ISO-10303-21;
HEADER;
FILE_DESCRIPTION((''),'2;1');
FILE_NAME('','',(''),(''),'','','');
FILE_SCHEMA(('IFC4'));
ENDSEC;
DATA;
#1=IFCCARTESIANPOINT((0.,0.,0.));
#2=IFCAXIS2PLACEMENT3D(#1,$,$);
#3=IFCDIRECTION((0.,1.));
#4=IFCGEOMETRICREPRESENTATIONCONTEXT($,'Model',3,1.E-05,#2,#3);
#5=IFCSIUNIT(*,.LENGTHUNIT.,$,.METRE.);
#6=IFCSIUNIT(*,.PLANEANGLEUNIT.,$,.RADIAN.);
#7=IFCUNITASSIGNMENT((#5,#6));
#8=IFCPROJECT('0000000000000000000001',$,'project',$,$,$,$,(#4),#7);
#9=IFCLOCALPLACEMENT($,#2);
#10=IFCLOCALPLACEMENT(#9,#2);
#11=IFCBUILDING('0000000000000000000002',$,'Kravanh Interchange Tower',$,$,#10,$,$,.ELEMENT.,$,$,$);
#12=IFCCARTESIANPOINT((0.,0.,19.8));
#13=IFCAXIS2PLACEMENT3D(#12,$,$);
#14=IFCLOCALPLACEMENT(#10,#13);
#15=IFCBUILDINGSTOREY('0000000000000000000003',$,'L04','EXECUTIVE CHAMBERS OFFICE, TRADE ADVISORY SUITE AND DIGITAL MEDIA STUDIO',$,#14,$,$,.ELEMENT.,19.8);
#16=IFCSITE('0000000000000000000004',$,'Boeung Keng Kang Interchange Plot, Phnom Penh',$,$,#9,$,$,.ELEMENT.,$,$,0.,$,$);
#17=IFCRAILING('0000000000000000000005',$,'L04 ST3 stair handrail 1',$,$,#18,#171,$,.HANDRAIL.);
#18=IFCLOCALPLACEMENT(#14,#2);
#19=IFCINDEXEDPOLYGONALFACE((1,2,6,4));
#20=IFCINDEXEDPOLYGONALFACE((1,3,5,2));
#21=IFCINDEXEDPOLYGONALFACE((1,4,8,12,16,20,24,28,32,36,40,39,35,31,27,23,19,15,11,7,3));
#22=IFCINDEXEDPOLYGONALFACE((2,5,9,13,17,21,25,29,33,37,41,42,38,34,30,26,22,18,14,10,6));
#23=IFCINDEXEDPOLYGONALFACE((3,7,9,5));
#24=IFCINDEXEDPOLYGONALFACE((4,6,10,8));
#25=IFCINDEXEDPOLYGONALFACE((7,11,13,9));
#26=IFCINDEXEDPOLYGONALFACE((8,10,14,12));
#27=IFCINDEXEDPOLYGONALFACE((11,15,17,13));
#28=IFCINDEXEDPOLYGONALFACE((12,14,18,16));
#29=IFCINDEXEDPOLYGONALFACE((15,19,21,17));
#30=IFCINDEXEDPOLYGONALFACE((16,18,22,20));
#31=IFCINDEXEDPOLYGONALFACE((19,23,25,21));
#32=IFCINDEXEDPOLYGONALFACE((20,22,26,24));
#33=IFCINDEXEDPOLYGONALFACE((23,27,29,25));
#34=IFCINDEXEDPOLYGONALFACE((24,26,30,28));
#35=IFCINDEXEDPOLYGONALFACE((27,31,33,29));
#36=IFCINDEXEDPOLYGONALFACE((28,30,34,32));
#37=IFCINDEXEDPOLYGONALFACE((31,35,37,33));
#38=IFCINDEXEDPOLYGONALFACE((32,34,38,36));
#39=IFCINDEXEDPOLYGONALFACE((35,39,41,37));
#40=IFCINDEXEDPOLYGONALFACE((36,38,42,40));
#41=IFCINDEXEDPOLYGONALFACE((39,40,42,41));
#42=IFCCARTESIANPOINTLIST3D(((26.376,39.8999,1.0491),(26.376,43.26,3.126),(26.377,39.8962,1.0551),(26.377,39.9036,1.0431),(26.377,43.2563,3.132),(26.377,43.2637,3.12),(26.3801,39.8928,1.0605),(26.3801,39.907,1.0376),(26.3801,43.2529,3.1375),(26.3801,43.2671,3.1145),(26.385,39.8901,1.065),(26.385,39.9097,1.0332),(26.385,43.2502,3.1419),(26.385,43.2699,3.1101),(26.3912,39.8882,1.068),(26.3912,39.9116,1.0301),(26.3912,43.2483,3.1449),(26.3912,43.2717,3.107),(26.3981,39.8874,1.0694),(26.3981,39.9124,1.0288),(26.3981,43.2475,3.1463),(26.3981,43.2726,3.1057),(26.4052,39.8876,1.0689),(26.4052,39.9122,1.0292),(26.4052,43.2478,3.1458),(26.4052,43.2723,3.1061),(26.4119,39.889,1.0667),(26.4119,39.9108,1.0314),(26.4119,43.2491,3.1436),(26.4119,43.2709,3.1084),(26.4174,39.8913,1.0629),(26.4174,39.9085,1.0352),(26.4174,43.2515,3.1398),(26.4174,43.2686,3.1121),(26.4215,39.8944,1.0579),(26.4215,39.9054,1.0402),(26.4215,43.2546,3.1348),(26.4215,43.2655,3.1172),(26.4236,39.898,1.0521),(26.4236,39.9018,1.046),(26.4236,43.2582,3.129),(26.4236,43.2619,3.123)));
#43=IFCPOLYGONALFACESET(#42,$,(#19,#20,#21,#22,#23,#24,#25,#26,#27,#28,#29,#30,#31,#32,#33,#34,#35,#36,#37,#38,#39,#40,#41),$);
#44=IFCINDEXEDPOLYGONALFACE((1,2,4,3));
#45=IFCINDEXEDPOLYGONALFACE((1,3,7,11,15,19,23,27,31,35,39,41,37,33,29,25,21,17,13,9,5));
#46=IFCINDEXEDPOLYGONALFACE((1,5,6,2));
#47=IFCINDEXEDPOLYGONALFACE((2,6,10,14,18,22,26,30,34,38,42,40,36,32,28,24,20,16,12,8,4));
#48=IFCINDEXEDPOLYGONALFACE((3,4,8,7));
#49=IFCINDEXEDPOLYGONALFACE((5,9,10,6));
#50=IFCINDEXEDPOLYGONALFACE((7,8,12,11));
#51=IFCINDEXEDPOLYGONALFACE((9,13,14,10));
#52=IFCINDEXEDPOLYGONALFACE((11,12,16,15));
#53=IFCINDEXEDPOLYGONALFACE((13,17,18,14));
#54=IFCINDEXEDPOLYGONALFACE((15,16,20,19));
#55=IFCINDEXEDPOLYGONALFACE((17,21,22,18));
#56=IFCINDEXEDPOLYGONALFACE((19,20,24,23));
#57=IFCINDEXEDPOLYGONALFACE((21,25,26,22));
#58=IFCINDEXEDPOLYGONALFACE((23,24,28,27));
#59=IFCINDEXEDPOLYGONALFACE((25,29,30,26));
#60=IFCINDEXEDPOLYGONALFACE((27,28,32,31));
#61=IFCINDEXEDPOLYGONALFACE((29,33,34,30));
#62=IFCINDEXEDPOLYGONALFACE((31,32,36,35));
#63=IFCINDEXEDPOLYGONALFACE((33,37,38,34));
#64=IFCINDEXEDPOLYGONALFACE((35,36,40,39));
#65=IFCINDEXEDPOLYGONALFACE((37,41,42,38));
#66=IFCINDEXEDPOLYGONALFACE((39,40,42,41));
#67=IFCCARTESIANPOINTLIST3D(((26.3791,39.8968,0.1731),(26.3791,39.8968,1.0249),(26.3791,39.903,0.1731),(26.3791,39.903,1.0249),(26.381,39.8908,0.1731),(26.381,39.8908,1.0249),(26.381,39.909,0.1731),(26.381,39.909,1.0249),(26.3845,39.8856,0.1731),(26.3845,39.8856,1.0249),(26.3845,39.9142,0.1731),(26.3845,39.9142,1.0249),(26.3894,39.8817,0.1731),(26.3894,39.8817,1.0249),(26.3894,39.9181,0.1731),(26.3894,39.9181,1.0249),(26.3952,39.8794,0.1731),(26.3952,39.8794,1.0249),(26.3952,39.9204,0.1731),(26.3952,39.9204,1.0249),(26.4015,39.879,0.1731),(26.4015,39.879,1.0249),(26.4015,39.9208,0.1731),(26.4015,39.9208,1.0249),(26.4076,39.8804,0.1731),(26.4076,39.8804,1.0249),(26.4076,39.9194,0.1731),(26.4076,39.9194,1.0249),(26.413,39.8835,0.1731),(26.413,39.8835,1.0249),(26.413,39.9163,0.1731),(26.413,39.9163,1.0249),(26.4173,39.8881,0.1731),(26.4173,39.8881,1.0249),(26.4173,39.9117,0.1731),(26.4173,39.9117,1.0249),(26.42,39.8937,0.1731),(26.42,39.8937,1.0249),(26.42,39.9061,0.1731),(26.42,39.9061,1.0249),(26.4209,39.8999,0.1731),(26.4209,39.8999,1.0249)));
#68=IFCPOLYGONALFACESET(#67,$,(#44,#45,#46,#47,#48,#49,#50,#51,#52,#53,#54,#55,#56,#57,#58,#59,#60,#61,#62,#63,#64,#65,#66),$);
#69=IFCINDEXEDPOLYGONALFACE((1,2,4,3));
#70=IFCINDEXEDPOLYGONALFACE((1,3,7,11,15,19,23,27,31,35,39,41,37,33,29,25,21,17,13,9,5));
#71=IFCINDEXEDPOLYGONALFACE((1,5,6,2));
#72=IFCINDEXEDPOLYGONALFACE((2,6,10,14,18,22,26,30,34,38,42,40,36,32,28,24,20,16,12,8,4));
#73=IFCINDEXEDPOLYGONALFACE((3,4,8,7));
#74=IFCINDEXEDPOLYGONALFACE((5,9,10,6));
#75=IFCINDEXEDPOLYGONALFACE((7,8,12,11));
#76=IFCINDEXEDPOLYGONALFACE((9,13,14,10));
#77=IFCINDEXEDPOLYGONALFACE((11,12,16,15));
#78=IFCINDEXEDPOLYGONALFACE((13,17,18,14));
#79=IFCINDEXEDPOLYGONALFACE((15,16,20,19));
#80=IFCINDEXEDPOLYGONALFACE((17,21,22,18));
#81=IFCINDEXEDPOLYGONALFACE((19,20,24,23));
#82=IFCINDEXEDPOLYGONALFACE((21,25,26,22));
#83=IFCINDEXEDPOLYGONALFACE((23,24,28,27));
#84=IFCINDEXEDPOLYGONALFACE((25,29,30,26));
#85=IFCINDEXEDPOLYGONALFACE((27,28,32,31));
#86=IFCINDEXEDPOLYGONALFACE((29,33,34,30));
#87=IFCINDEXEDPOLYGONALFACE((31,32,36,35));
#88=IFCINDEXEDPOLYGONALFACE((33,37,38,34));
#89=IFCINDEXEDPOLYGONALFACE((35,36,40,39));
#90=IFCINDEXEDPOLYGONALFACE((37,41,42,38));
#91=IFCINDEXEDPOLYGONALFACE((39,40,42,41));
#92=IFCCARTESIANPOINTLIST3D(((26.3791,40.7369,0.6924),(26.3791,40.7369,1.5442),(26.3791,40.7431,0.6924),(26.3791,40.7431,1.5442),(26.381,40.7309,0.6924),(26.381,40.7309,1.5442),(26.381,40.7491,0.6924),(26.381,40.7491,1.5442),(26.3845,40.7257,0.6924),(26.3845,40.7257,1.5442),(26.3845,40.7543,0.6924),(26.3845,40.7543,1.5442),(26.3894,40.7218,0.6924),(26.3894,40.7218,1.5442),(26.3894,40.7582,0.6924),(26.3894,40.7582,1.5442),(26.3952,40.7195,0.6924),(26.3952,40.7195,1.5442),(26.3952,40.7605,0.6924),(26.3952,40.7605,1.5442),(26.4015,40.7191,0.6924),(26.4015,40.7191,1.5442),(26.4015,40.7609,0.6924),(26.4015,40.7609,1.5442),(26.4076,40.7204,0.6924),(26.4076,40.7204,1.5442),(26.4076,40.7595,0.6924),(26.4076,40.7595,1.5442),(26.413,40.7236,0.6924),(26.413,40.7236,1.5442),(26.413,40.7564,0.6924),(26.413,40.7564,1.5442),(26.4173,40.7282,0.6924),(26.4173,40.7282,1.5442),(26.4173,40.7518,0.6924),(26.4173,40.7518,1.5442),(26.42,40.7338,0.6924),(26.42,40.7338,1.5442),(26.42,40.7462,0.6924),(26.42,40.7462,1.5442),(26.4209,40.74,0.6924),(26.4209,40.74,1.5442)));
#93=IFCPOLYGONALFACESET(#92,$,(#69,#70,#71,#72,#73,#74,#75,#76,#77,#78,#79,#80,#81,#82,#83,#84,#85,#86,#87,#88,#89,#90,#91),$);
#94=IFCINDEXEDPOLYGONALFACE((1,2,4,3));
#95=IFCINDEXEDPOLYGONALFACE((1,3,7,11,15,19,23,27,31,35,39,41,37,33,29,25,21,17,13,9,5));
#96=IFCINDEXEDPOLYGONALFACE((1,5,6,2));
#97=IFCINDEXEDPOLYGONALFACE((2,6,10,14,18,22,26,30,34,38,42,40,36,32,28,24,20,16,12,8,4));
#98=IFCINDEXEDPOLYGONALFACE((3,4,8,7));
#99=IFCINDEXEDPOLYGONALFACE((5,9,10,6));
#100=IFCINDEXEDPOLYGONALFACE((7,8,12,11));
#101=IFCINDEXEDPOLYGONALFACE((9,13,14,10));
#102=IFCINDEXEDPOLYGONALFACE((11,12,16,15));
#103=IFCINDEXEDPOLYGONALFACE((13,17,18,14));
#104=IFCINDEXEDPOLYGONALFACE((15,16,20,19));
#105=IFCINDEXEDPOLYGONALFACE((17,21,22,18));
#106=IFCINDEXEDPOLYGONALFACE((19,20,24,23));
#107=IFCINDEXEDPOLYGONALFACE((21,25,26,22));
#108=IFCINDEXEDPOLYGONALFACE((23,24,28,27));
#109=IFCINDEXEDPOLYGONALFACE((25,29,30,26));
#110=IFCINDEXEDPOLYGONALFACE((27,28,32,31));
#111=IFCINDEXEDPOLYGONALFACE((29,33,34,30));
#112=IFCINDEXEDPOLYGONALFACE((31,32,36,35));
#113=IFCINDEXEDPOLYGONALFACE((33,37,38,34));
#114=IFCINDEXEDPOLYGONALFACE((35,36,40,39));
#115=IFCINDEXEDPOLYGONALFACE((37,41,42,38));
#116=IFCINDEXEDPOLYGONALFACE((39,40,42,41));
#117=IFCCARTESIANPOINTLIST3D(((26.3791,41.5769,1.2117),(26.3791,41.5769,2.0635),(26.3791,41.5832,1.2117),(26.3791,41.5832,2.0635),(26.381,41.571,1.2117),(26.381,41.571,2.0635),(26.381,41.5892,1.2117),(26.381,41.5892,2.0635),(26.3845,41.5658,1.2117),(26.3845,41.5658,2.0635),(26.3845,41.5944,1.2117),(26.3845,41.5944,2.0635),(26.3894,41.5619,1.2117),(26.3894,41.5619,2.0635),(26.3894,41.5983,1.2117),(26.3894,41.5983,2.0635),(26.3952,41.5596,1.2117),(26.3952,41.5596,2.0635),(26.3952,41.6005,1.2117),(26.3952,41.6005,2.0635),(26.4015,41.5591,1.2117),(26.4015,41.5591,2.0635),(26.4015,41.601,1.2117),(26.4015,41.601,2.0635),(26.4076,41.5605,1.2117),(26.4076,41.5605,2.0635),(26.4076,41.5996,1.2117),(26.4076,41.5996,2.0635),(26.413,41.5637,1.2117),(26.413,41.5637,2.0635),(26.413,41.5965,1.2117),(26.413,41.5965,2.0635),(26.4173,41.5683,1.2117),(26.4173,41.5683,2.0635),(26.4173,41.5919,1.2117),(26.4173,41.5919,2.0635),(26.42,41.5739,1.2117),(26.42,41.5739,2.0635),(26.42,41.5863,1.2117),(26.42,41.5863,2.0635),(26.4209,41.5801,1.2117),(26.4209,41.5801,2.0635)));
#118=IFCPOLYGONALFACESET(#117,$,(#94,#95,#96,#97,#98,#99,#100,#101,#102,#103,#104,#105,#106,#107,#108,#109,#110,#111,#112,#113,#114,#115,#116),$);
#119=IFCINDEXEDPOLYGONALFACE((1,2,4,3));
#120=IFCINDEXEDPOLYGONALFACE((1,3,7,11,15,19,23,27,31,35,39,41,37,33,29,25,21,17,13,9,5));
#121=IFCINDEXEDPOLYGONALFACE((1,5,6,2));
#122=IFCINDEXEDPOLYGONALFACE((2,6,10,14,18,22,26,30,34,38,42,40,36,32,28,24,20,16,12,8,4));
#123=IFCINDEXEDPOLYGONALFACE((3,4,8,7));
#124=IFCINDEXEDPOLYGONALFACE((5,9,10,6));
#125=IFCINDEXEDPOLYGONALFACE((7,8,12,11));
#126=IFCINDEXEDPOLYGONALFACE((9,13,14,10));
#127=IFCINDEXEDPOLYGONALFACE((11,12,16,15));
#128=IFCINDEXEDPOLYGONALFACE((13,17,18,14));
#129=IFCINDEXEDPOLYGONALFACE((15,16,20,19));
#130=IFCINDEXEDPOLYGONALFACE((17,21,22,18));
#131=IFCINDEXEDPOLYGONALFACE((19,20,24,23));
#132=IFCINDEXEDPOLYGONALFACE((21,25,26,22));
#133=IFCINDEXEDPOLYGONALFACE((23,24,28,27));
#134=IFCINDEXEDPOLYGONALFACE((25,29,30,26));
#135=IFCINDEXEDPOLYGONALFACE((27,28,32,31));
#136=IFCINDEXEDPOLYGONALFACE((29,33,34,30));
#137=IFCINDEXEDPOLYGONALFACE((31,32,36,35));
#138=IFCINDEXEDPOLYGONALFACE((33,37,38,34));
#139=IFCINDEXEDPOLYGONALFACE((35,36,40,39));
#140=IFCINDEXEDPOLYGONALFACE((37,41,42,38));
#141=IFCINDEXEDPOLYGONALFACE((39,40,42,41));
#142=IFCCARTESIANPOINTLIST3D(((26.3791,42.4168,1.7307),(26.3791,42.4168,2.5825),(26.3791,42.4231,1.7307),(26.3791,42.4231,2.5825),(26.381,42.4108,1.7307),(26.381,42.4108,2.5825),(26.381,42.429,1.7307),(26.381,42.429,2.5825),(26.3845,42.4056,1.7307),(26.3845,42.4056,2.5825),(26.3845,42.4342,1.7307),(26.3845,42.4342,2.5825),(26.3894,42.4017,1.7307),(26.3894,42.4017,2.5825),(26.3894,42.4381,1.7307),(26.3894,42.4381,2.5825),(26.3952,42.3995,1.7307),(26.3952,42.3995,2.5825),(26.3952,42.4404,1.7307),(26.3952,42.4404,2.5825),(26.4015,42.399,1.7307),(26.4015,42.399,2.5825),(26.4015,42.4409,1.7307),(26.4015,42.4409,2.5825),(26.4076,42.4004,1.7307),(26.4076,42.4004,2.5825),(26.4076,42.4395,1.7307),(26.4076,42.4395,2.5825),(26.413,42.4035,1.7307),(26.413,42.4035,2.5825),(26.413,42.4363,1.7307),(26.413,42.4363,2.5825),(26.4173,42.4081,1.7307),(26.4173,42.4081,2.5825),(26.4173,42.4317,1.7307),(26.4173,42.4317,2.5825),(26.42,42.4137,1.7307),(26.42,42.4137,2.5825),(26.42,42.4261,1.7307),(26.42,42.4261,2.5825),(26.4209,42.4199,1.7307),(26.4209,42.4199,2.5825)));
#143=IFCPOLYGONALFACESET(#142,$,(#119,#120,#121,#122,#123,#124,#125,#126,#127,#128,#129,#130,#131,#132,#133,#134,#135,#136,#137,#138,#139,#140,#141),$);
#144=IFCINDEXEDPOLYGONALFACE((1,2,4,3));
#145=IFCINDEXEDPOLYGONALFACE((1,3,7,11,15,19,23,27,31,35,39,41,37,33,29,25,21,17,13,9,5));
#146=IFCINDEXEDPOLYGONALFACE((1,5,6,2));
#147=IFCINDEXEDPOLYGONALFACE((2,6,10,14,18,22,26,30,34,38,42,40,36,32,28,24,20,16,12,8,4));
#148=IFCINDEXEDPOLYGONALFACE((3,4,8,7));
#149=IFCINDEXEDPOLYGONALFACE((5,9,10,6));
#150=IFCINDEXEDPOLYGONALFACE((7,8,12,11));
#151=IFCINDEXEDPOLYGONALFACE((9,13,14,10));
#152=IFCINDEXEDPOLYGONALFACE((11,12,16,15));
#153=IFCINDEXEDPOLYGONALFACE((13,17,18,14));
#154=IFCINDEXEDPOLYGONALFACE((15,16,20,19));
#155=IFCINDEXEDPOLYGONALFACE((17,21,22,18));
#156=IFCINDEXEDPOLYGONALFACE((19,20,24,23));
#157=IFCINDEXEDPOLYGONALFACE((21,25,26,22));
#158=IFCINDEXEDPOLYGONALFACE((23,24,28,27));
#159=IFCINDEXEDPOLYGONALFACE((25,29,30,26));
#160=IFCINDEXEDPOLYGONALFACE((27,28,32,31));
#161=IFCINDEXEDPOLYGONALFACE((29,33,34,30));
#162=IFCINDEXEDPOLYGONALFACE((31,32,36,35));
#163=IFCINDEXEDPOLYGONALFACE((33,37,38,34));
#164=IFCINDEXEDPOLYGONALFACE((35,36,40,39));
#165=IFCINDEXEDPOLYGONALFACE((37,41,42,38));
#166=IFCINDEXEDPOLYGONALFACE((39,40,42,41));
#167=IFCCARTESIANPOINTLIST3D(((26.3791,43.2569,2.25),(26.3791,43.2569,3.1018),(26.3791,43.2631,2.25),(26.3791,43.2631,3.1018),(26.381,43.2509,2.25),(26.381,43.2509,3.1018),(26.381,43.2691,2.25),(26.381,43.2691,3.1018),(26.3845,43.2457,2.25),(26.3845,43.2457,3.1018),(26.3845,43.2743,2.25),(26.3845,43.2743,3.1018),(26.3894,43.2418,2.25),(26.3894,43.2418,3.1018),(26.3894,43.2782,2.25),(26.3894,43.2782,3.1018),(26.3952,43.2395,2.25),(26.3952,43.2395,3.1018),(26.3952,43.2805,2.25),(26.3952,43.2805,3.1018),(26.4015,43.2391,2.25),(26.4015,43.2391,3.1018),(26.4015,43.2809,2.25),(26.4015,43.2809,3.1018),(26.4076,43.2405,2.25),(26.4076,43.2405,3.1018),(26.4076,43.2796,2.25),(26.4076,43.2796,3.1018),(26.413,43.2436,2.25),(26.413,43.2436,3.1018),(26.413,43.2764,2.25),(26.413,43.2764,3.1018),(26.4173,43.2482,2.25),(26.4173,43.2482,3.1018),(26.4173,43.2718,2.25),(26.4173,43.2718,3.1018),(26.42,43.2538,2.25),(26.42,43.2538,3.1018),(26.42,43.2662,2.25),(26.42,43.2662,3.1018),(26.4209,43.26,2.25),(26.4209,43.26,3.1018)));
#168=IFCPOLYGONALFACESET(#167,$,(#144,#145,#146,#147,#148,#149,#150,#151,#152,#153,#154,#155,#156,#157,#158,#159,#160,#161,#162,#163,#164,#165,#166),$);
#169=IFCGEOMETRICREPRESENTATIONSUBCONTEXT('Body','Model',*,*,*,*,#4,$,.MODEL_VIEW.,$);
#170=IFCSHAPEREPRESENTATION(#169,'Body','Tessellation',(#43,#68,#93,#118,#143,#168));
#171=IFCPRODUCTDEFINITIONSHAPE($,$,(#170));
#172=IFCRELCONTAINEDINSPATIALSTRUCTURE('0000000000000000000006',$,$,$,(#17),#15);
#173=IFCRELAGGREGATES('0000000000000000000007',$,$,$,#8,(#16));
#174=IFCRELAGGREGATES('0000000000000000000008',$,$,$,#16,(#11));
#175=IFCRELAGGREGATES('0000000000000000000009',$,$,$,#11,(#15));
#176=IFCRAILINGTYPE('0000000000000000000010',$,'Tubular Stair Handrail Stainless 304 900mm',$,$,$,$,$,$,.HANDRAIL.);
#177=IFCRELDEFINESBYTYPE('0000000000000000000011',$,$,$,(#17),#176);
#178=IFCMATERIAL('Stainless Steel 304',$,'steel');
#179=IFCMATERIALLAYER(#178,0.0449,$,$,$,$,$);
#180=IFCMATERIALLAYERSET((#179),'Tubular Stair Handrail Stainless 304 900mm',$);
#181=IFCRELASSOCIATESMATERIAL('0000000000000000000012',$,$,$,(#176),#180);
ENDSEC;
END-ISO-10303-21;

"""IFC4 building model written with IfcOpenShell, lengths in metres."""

from ifc_helpers import new_model, si_unit, direction, frame, origin, origin_2d, place, context, subcontext, project, spatial, circle, extrude, material, layer, layer_set, type_object, element, save


model = new_model("IFC4")

# Units and contexts
model_context = context("Model", 3, precision=1e-05, world=origin(), true_north=direction((0.0, 1.0)))
body_context = subcontext(model_context, "Body", "Model", "MODEL_VIEW")
ifc_project = project(units=[si_unit("LENGTHUNIT", "METRE"), si_unit("PLANEANGLEUNIT", "RADIAN")], contexts=[model_context])

# Site, building, storey
site_placement = place(None, origin())
site = spatial("IfcSite", under=ifc_project, at=site_placement, Name="Boeung Keng Kang Interchange Plot, Phnom Penh", CompositionType="ELEMENT", RefElevation=0.0)
building_placement = place(site_placement, origin())
building = spatial("IfcBuilding", under=site, at=building_placement, Name="Kravanh Interchange Tower", CompositionType="ELEMENT")
storey_placement = place(building_placement, frame((0.0, 0.0, 19.8)))
storey = spatial("IfcBuildingStorey", under=building, at=storey_placement, Name="L04", Description="EXECUTIVE CHAMBERS OFFICE, TRADE ADVISORY SUITE AND DIGITAL MEDIA STUDIO", CompositionType="ELEMENT", Elevation=19.8)

# Railing
ifc_material_1 = material(Name="Stainless Steel 304", Category="steel")
ifc_layer_1 = layer(ifc_material_1, 0.0449)
ifc_layer_set_1 = layer_set([ifc_layer_1], Name="Tubular Stair Handrail Stainless 304 900mm")
railing_type_1 = type_object("IfcRailingType", Name="Tubular Stair Handrail Stainless 304 900mm", PredefinedType="HANDRAIL", material=ifc_layer_set_1)
railing_1_placement = place(storey_placement, frame((26.3999, 39.8999, 0.1731)))
element("IfcRailing", 1, at=railing_1_placement, inside=storey, type_object=railing_type_1, Name="L04 ST3 stair handrail 1", PredefinedType="HANDRAIL", context=body_context, shape_type="SweptSolid", body=[
    extrude(circle(Radius=0.0239, at=origin_2d()), frame((0.0, 0.0, 0.876), z_axis=(0.0, 0.850623, 0.525776), x_axis=(-1.0, 0.0, 0.0)), (0.0, 0.0, 1.0), 3.9502),
    extrude(circle(Radius=0.021, at=origin_2d()), origin(), (0.0, 0.0, 1.0), 0.8518),
    extrude(circle(Radius=0.021, at=origin_2d()), frame((0.0, 0.8401, 0.5193)), (0.0, 0.0, 1.0), 0.8518),
    extrude(circle(Radius=0.021, at=origin_2d()), frame((0.0, 1.6802, 1.0386)), (0.0, 0.0, 1.0), 0.8518),
    extrude(circle(Radius=0.021, at=origin_2d()), frame((0.0, 2.52, 1.5576)), (0.0, 0.0, 1.0), 0.8518),
    extrude(circle(Radius=0.021, at=origin_2d()), frame((0.0, 3.3601, 2.0769)), (0.0, 0.0, 1.0), 0.8518),
])

save(model, "model.ifc")
